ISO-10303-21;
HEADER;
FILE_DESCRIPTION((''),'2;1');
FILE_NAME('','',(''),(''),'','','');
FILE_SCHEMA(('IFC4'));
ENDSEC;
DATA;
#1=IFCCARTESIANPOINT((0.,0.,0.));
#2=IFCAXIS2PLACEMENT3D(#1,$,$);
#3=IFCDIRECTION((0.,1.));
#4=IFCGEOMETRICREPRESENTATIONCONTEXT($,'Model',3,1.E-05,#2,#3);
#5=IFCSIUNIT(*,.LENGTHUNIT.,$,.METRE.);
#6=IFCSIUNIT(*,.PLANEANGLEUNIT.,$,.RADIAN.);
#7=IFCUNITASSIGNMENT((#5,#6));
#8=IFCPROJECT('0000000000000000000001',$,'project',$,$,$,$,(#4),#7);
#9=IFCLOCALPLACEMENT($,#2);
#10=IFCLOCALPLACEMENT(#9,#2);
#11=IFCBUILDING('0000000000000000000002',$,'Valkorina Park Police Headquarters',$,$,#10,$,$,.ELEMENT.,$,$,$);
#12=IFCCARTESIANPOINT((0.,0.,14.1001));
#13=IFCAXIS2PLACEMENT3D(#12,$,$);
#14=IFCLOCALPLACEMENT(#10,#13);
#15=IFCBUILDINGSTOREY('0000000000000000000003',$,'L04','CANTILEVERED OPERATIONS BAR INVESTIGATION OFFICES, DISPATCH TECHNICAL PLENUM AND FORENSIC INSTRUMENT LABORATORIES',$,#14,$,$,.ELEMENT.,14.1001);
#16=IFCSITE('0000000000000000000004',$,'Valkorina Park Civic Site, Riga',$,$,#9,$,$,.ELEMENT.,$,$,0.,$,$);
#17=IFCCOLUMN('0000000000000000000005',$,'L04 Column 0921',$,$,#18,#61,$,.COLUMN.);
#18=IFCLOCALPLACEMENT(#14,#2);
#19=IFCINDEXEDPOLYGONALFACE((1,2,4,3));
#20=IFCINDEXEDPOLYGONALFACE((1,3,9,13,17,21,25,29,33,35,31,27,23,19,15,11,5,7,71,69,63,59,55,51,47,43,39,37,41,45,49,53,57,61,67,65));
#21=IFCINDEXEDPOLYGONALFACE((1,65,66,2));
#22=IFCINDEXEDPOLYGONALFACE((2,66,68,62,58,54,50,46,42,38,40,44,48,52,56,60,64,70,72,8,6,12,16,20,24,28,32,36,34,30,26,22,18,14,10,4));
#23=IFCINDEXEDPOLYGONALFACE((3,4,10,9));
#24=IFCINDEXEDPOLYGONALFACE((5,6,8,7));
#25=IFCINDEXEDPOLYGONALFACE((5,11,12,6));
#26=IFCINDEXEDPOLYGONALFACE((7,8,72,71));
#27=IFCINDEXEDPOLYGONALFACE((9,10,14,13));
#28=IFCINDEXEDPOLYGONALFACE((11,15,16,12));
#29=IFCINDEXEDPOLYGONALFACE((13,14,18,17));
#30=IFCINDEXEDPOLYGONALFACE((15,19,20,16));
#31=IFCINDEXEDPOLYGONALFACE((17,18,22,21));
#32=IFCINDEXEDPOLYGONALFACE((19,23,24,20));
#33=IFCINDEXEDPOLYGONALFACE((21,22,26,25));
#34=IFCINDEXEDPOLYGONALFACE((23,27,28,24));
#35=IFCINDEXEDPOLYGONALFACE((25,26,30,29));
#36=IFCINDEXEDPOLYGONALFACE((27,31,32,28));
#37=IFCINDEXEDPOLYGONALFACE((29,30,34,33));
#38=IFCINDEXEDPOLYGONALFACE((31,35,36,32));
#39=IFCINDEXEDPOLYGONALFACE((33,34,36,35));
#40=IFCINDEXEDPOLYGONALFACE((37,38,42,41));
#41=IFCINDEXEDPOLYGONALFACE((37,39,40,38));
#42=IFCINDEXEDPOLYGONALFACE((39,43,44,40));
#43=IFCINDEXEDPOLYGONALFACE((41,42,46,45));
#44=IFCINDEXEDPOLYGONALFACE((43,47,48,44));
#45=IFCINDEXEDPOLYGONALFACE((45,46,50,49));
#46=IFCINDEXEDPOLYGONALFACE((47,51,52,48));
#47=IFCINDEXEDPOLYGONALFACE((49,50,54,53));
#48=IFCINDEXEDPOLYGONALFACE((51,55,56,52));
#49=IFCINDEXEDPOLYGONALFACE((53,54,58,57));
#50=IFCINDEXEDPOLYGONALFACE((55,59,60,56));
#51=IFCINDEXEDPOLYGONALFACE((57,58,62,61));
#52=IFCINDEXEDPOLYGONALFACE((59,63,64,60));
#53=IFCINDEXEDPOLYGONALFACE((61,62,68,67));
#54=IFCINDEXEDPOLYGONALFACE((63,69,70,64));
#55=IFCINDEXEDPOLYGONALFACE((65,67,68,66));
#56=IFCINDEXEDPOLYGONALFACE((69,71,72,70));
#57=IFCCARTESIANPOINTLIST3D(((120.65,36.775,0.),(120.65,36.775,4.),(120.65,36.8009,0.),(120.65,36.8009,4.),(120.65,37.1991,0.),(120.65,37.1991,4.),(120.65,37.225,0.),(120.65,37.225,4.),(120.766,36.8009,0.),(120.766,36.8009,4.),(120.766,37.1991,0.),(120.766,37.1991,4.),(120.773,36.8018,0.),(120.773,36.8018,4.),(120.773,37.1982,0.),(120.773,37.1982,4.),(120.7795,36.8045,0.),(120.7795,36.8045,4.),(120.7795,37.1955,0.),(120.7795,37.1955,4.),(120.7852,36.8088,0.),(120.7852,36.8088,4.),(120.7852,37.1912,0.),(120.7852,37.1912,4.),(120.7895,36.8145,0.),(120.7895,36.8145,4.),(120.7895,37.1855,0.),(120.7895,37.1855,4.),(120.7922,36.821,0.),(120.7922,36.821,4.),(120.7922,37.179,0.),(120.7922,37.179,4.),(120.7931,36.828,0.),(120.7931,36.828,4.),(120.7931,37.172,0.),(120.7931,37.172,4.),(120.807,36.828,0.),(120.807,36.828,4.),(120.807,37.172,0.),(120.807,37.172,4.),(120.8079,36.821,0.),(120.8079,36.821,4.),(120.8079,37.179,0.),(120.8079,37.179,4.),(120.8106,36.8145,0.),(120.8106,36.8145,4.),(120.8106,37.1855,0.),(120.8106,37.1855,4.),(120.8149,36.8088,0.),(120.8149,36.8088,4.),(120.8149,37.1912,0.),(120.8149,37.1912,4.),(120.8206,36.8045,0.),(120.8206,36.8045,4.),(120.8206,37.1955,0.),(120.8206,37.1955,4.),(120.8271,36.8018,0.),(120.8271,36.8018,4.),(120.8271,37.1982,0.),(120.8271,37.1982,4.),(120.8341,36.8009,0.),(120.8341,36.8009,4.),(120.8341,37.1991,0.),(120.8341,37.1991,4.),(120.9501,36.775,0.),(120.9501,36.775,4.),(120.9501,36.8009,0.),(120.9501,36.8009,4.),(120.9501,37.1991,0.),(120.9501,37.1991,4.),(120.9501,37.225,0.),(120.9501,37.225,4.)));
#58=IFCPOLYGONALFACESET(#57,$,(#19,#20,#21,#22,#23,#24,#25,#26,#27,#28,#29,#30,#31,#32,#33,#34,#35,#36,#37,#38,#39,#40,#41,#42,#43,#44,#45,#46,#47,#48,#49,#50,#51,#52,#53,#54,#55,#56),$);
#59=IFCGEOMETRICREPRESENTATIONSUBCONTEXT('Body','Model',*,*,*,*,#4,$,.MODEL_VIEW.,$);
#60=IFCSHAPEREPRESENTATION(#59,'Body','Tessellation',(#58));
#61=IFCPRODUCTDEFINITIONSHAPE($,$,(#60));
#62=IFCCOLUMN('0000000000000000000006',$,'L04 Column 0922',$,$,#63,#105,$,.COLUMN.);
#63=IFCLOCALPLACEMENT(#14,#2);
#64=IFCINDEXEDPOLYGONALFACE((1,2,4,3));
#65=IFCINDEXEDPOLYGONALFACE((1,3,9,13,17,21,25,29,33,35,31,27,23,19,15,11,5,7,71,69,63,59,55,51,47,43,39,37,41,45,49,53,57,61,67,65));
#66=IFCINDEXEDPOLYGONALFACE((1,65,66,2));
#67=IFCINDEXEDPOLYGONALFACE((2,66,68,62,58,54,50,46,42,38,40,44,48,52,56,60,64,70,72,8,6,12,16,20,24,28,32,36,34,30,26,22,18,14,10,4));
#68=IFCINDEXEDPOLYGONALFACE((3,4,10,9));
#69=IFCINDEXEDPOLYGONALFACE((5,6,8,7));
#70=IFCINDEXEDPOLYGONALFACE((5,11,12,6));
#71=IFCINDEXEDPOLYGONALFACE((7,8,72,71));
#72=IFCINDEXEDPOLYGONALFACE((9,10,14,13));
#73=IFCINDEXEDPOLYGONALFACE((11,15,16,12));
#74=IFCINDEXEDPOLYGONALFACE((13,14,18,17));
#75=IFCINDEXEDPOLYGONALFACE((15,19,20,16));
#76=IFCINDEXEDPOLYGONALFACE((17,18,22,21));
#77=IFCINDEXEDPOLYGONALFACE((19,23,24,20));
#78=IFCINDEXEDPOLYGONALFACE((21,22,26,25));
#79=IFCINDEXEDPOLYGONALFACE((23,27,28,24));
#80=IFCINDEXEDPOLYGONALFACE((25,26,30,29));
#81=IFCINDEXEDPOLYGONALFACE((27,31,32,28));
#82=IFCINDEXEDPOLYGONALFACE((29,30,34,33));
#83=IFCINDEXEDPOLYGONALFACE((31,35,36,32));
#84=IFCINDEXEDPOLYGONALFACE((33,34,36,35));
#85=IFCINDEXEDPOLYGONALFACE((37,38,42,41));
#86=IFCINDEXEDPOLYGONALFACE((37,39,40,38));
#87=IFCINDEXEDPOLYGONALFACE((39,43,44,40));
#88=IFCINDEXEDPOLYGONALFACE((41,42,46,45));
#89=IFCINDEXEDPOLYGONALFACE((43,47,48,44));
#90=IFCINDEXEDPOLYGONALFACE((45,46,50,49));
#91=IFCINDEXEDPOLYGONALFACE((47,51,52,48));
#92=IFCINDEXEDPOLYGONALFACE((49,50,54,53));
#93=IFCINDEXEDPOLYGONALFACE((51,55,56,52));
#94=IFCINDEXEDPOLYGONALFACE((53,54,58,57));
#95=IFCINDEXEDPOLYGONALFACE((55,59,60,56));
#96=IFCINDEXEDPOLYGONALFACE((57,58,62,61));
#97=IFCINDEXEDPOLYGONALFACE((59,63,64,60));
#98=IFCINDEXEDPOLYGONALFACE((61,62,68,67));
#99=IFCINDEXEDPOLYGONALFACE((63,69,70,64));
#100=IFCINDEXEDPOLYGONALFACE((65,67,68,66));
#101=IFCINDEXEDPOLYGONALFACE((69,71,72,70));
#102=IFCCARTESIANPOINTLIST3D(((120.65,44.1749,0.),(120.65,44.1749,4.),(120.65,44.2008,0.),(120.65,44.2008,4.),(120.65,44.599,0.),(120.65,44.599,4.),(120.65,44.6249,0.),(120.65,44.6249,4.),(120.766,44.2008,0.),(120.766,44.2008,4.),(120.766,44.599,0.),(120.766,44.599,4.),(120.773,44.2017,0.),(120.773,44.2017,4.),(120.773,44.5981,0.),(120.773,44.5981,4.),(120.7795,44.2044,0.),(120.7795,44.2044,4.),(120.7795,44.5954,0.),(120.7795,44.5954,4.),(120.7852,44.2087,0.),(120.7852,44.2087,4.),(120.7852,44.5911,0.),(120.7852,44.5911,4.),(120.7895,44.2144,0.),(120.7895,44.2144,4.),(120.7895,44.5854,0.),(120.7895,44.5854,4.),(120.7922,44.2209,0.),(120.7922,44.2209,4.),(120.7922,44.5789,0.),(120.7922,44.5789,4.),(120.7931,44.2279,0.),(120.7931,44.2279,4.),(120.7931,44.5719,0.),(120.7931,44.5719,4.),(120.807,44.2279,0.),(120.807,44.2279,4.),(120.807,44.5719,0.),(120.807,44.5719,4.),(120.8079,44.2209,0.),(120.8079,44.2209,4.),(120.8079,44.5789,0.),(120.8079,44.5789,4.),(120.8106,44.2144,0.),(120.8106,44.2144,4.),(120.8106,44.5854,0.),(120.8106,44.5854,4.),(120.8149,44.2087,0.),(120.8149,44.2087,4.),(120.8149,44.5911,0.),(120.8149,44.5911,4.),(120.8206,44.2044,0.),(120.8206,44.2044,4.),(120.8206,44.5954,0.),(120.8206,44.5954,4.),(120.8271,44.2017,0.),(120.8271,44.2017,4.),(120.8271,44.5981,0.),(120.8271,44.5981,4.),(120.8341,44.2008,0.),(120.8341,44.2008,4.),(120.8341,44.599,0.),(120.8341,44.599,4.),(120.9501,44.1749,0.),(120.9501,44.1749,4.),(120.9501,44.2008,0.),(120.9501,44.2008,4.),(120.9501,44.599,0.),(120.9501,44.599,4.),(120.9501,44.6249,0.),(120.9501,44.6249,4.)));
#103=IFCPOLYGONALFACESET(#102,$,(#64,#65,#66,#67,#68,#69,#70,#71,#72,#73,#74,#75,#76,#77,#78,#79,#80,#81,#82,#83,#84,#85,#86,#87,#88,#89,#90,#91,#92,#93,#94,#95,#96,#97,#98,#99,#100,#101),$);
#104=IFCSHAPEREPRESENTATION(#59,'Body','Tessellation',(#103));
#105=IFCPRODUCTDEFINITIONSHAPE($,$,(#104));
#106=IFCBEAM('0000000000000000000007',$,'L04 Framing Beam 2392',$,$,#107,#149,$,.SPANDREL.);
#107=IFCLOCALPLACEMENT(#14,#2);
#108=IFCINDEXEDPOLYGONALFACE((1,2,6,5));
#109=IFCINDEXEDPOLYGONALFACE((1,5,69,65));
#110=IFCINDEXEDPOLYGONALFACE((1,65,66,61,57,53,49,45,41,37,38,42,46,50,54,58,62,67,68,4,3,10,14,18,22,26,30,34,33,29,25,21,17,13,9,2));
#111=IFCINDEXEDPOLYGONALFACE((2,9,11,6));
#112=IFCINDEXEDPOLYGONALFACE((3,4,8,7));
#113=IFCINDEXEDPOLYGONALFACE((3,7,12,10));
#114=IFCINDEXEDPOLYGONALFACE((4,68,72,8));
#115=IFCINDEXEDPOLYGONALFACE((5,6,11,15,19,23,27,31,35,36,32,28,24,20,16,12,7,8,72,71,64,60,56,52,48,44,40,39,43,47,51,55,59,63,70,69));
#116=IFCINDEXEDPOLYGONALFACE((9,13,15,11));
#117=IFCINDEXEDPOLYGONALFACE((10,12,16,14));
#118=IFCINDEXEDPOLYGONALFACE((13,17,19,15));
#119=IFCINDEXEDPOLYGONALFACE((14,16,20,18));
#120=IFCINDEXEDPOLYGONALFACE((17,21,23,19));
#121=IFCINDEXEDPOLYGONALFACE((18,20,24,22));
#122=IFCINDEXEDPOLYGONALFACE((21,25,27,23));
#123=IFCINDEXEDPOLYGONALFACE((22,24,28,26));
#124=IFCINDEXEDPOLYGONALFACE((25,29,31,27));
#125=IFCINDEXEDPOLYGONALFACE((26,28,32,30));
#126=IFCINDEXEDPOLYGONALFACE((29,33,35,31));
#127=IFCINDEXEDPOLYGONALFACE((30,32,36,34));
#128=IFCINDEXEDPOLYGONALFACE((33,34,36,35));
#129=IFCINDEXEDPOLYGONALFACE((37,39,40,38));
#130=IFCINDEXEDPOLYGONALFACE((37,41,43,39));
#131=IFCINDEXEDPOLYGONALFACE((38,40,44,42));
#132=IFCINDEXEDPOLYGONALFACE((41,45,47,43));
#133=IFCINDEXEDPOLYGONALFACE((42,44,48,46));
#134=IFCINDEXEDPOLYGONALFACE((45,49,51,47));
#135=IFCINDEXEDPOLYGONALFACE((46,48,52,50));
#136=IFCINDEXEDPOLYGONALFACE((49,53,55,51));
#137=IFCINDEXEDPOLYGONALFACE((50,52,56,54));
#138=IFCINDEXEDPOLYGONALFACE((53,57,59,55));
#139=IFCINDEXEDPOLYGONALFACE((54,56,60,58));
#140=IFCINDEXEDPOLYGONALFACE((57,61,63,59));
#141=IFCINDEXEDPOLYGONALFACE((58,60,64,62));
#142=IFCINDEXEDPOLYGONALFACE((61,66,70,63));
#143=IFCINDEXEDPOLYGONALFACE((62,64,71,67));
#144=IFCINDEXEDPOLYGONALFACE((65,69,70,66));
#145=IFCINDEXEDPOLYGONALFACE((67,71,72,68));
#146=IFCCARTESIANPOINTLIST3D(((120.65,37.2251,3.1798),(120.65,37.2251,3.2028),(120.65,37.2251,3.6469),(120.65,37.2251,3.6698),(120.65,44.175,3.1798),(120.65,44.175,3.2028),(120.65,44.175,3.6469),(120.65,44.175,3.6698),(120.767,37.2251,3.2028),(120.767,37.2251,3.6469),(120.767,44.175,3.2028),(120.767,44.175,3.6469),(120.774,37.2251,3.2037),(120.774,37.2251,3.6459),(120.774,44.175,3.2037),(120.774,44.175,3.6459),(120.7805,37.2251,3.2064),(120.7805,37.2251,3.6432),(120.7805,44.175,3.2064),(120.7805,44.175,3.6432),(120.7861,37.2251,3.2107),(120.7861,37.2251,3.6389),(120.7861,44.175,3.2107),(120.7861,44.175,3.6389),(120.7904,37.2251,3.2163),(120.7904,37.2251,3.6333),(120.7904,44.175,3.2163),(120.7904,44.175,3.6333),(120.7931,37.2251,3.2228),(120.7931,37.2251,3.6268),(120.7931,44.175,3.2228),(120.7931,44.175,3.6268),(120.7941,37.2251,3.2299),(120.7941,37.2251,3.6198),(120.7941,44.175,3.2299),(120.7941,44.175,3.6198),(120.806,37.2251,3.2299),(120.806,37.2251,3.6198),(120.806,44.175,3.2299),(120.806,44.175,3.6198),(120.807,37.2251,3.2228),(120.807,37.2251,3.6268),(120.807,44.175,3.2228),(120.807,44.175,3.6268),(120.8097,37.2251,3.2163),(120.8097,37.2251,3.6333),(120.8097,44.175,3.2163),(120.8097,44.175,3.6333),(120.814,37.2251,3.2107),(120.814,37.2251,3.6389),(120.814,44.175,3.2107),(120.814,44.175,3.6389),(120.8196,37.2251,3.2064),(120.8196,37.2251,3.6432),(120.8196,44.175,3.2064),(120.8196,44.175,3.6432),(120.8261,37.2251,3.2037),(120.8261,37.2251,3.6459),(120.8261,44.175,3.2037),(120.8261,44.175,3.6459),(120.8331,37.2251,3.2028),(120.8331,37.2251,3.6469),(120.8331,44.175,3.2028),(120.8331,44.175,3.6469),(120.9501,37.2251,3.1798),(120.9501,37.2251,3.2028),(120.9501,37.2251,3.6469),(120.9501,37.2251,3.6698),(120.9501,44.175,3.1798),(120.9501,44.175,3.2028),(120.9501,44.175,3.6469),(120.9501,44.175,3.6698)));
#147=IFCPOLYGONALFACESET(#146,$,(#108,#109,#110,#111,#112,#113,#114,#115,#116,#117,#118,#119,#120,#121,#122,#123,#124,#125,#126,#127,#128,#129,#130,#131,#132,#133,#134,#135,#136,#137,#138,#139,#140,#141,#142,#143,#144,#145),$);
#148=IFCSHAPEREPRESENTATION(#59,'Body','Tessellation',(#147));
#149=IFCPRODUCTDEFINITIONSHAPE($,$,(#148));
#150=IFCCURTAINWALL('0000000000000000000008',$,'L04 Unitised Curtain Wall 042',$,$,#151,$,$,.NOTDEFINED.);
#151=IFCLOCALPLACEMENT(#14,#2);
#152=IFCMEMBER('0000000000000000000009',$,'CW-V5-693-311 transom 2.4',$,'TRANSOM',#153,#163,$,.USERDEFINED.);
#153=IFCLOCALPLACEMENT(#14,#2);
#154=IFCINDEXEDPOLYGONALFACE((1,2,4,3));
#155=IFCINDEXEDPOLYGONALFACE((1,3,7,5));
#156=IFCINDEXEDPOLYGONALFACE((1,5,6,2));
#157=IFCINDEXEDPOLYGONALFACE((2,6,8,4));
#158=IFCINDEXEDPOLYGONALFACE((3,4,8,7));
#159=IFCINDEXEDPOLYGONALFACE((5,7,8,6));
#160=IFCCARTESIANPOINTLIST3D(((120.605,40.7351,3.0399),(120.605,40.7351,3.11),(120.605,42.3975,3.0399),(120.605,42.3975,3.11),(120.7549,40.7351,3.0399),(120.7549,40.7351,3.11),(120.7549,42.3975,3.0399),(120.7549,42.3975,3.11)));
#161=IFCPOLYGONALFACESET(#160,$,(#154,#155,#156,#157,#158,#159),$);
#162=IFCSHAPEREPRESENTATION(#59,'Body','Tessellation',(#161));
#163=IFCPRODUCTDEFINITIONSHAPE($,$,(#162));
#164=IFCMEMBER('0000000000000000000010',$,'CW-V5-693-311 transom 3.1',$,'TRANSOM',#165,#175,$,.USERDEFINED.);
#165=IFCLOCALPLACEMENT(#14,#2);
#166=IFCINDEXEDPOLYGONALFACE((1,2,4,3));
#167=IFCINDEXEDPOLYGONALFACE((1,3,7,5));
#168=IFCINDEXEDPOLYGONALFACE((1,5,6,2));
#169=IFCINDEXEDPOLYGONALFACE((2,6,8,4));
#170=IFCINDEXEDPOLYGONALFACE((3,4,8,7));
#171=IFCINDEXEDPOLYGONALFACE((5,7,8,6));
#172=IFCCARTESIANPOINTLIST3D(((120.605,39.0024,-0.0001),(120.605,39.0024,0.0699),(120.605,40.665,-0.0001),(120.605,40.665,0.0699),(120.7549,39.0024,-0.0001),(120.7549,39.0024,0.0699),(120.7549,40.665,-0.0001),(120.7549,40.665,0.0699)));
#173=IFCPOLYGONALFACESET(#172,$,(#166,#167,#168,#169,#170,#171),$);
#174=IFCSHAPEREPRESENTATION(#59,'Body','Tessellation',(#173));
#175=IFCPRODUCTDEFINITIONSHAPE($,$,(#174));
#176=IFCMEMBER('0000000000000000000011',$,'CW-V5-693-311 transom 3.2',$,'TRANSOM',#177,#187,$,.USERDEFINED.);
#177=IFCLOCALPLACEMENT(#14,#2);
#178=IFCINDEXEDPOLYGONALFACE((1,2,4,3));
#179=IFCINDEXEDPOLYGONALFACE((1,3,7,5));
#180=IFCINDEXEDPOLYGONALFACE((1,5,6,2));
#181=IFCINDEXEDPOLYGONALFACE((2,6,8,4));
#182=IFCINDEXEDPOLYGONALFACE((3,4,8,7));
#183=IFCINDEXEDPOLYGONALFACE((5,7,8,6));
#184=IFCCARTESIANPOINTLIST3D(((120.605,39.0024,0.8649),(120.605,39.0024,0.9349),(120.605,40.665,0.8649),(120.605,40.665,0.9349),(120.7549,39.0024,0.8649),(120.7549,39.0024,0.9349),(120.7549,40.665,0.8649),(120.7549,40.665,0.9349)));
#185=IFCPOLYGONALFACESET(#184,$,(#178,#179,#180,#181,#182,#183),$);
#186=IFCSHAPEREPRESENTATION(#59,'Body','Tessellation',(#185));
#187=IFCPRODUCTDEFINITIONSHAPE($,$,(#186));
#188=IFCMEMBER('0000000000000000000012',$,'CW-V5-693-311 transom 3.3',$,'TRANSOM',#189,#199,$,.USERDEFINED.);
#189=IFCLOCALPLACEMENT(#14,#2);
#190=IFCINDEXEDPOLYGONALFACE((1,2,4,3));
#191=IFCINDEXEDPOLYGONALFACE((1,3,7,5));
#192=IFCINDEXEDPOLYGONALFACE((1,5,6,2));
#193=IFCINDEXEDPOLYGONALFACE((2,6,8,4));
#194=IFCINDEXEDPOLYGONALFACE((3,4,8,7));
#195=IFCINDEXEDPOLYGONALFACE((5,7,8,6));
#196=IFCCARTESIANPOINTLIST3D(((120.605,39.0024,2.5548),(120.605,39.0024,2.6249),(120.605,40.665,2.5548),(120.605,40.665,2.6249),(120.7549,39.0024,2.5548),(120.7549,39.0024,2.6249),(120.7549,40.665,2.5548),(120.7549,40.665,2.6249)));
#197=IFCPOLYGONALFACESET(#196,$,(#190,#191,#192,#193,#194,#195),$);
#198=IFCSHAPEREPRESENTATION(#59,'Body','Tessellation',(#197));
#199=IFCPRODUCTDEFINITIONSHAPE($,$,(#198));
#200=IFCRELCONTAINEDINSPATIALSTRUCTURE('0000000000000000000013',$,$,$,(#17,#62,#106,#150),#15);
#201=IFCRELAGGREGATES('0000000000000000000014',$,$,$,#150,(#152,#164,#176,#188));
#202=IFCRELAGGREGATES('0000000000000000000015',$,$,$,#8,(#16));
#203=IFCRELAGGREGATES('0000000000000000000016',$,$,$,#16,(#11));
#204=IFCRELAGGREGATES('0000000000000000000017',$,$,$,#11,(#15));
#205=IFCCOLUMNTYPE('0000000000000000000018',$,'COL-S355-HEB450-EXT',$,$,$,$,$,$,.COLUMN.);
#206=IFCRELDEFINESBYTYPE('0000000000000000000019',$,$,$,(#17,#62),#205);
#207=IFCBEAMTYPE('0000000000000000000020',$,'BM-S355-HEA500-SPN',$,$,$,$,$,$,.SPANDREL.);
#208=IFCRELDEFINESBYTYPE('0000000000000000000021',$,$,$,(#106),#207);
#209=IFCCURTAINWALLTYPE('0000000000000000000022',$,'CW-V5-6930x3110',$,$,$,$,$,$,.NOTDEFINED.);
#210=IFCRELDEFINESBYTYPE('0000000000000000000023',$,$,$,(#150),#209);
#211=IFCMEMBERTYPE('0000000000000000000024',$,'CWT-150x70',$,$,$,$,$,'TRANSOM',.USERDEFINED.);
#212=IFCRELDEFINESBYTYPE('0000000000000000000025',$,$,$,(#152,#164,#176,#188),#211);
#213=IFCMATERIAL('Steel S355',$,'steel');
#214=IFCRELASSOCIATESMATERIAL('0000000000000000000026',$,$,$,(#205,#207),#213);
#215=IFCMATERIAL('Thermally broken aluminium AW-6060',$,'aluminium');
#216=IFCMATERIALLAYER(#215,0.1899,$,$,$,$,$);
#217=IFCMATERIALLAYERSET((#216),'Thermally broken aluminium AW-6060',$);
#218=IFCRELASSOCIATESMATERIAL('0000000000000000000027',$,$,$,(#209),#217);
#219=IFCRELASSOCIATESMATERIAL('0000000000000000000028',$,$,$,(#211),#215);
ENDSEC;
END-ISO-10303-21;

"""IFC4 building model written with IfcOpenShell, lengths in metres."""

from ifc_helpers import new_model, si_unit, direction, frame, origin, origin_2d, place, context, subcontext, project, spatial, rectangle, i_section, extrude, material, layer, layer_set, material_profile, profile_set, type_object, element, aggregate, save


model = new_model("IFC4")

# Units and contexts
model_context = context("Model", 3, precision=1e-05, world=origin(), true_north=direction((0.0, 1.0)))
body_context = subcontext(model_context, "Body", "Model", "MODEL_VIEW")
ifc_project = project(units=[si_unit("LENGTHUNIT", "METRE"), si_unit("PLANEANGLEUNIT", "RADIAN")], contexts=[model_context])

# Site, building, storey
site_placement = place(None, origin())
site = spatial("IfcSite", under=ifc_project, at=site_placement, Name="Valkorina Park Civic Site, Riga", CompositionType="ELEMENT", RefElevation=0.0)
building_placement = place(site_placement, origin())
building = spatial("IfcBuilding", under=site, at=building_placement, Name="Valkorina Park Police Headquarters", CompositionType="ELEMENT")
storey_placement = place(building_placement, frame((0.0, 0.0, 14.1001)))
storey = spatial("IfcBuildingStorey", under=building, at=storey_placement, Name="L04", Description="CANTILEVERED OPERATIONS BAR INVESTIGATION OFFICES, DISPATCH TECHNICAL PLENUM AND FORENSIC INSTRUMENT LABORATORIES", CompositionType="ELEMENT", Elevation=14.1001)

# Columns
ifc_material_1 = material(Name="Steel S355", Category="steel")
ifc_material_profile_1 = material_profile(ifc_material_1, i_section(OverallWidth=0.3, OverallDepth=0.45, WebThickness=0.0139, FlangeThickness=0.0259, FilletRadius=0.0271, at=origin_2d()), Name="HEB 450")
ifc_profile_set_1 = profile_set([ifc_material_profile_1], Name="Steel S355")
column_type = type_object("IfcColumnType", Name="COL-S355-HEB450-EXT", PredefinedType="COLUMN", material=ifc_profile_set_1)
for number, where, z_axis, x_axis, name in (
    (1, (120.8, 37.0, 0.0), (0.0, 0.0, 1.0), (1.0, 0.0, 0.0), "L04 Column 0921"),
    (2, (120.8, 44.3999, 0.0), (0.0, 0.0, 1.0), (1.0, 0.0, 0.0), "L04 Column 0922"),
):
    element("IfcColumn", number, at=place(storey_placement, frame(where, z_axis=z_axis, x_axis=x_axis)), inside=storey, type_object=column_type, Name=name, PredefinedType="COLUMN", context=body_context, shape_type="SweptSolid", body=[
        extrude(i_section(OverallWidth=0.3, OverallDepth=0.45, WebThickness=0.0139, FlangeThickness=0.0259, FilletRadius=0.0271, at=origin_2d()), origin(), (0.0, 0.0, 1.0), 4.0),
    ])

# Beam
ifc_material_profile_2 = material_profile(ifc_material_1, i_section(OverallWidth=0.3, OverallDepth=0.49, WebThickness=0.012, FlangeThickness=0.0229, FilletRadius=0.0271, at=origin_2d()), Name="HEA 500")
ifc_profile_set_2 = profile_set([ifc_material_profile_2], Name="Steel S355")
beam_type = type_object("IfcBeamType", Name="BM-S355-HEA500-SPN", PredefinedType="SPANDREL", material=ifc_profile_set_2)
beam_placement = place(storey_placement, frame((120.8, 37.2251, 3.4248), z_axis=(0.0, 1.0, 0.0), x_axis=(-1.0, 0.0, 0.0)))
element("IfcBeam", 3, at=beam_placement, inside=storey, type_object=beam_type, Name="L04 Framing Beam 2392", PredefinedType="SPANDREL", context=body_context, shape_type="SweptSolid", body=[
    extrude(i_section(OverallWidth=0.3, OverallDepth=0.49, WebThickness=0.012, FlangeThickness=0.0229, FilletRadius=0.0271, at=origin_2d()), origin(), (0.0, 0.0, 1.0), 6.95),
])

# Curtain wall, members
ifc_material_2 = material(Name="Thermally broken aluminium AW-6060", Category="aluminium")
ifc_layer_1 = layer(ifc_material_2, 0.1899)
ifc_layer_set_1 = layer_set([ifc_layer_1], Name="Thermally broken aluminium AW-6060")
curtain_wall_type = type_object("IfcCurtainWallType", Name="CW-V5-6930x3110", PredefinedType="NOTDEFINED", material=ifc_layer_set_1)
curtain_wall_placement = place(storey_placement, origin())
curtain_wall = element("IfcCurtainWall", 4, at=curtain_wall_placement, inside=storey, type_object=curtain_wall_type, Name="L04 Unitised Curtain Wall 042", PredefinedType="NOTDEFINED")
ifc_material_profile_3 = material_profile(ifc_material_2, rectangle(XDim=0.1499, YDim=0.0701, at=origin_2d()), Name="CWT-02 150x70")
ifc_profile_set_3 = profile_set([ifc_material_profile_3], Name="Thermally broken aluminium AW-6060")
member_type = type_object("IfcMemberType", Name="CWT-150x70", ElementType="TRANSOM", PredefinedType="USERDEFINED", material=ifc_profile_set_3)
member_1_placement = place(storey_placement, frame((120.6799, 42.3975, 3.075), z_axis=(0.0, -1.0, 0.0), x_axis=(1.0, 0.0, 0.0)))
member_1 = element("IfcMember", 5, at=member_1_placement, type_object=member_type, Name="CW-V5-693-311 transom 2.4", ObjectType="TRANSOM", PredefinedType="USERDEFINED", context=body_context, shape_type="SweptSolid", body=[
    extrude(rectangle(XDim=0.1499, YDim=0.0701, at=origin_2d()), origin(), (0.0, 0.0, 1.0), 1.6624),
])
member_2_placement = place(storey_placement, frame((120.6799, 40.665, 0.0349), z_axis=(0.0, -1.0, 0.0), x_axis=(1.0, 0.0, 0.0)))
member_2 = element("IfcMember", 6, at=member_2_placement, type_object=member_type, Name="CW-V5-693-311 transom 3.1", ObjectType="TRANSOM", PredefinedType="USERDEFINED", context=body_context, shape_type="SweptSolid", body=[
    extrude(rectangle(XDim=0.1499, YDim=0.0701, at=origin_2d()), origin(), (0.0, 0.0, 1.0), 1.6626),
])
member_3_placement = place(storey_placement, frame((120.6799, 40.665, 0.8999), z_axis=(0.0, -1.0, 0.0), x_axis=(1.0, 0.0, 0.0)))
member_3 = element("IfcMember", 7, at=member_3_placement, type_object=member_type, Name="CW-V5-693-311 transom 3.2", ObjectType="TRANSOM", PredefinedType="USERDEFINED", context=body_context, shape_type="SweptSolid", body=[
    extrude(rectangle(XDim=0.1499, YDim=0.0701, at=origin_2d()), origin(), (0.0, 0.0, 1.0), 1.6626),
])
member_4_placement = place(storey_placement, frame((120.6799, 40.665, 2.5898), z_axis=(0.0, -1.0, 0.0), x_axis=(1.0, 0.0, 0.0)))
member_4 = element("IfcMember", 8, at=member_4_placement, type_object=member_type, Name="CW-V5-693-311 transom 3.3", ObjectType="TRANSOM", PredefinedType="USERDEFINED", context=body_context, shape_type="SweptSolid", body=[
    extrude(rectangle(XDim=0.1499, YDim=0.0701, at=origin_2d()), origin(), (0.0, 0.0, 1.0), 1.6626),
])
aggregate(curtain_wall, [member_1, member_2, member_3, member_4])

save(model, "model.ifc")
